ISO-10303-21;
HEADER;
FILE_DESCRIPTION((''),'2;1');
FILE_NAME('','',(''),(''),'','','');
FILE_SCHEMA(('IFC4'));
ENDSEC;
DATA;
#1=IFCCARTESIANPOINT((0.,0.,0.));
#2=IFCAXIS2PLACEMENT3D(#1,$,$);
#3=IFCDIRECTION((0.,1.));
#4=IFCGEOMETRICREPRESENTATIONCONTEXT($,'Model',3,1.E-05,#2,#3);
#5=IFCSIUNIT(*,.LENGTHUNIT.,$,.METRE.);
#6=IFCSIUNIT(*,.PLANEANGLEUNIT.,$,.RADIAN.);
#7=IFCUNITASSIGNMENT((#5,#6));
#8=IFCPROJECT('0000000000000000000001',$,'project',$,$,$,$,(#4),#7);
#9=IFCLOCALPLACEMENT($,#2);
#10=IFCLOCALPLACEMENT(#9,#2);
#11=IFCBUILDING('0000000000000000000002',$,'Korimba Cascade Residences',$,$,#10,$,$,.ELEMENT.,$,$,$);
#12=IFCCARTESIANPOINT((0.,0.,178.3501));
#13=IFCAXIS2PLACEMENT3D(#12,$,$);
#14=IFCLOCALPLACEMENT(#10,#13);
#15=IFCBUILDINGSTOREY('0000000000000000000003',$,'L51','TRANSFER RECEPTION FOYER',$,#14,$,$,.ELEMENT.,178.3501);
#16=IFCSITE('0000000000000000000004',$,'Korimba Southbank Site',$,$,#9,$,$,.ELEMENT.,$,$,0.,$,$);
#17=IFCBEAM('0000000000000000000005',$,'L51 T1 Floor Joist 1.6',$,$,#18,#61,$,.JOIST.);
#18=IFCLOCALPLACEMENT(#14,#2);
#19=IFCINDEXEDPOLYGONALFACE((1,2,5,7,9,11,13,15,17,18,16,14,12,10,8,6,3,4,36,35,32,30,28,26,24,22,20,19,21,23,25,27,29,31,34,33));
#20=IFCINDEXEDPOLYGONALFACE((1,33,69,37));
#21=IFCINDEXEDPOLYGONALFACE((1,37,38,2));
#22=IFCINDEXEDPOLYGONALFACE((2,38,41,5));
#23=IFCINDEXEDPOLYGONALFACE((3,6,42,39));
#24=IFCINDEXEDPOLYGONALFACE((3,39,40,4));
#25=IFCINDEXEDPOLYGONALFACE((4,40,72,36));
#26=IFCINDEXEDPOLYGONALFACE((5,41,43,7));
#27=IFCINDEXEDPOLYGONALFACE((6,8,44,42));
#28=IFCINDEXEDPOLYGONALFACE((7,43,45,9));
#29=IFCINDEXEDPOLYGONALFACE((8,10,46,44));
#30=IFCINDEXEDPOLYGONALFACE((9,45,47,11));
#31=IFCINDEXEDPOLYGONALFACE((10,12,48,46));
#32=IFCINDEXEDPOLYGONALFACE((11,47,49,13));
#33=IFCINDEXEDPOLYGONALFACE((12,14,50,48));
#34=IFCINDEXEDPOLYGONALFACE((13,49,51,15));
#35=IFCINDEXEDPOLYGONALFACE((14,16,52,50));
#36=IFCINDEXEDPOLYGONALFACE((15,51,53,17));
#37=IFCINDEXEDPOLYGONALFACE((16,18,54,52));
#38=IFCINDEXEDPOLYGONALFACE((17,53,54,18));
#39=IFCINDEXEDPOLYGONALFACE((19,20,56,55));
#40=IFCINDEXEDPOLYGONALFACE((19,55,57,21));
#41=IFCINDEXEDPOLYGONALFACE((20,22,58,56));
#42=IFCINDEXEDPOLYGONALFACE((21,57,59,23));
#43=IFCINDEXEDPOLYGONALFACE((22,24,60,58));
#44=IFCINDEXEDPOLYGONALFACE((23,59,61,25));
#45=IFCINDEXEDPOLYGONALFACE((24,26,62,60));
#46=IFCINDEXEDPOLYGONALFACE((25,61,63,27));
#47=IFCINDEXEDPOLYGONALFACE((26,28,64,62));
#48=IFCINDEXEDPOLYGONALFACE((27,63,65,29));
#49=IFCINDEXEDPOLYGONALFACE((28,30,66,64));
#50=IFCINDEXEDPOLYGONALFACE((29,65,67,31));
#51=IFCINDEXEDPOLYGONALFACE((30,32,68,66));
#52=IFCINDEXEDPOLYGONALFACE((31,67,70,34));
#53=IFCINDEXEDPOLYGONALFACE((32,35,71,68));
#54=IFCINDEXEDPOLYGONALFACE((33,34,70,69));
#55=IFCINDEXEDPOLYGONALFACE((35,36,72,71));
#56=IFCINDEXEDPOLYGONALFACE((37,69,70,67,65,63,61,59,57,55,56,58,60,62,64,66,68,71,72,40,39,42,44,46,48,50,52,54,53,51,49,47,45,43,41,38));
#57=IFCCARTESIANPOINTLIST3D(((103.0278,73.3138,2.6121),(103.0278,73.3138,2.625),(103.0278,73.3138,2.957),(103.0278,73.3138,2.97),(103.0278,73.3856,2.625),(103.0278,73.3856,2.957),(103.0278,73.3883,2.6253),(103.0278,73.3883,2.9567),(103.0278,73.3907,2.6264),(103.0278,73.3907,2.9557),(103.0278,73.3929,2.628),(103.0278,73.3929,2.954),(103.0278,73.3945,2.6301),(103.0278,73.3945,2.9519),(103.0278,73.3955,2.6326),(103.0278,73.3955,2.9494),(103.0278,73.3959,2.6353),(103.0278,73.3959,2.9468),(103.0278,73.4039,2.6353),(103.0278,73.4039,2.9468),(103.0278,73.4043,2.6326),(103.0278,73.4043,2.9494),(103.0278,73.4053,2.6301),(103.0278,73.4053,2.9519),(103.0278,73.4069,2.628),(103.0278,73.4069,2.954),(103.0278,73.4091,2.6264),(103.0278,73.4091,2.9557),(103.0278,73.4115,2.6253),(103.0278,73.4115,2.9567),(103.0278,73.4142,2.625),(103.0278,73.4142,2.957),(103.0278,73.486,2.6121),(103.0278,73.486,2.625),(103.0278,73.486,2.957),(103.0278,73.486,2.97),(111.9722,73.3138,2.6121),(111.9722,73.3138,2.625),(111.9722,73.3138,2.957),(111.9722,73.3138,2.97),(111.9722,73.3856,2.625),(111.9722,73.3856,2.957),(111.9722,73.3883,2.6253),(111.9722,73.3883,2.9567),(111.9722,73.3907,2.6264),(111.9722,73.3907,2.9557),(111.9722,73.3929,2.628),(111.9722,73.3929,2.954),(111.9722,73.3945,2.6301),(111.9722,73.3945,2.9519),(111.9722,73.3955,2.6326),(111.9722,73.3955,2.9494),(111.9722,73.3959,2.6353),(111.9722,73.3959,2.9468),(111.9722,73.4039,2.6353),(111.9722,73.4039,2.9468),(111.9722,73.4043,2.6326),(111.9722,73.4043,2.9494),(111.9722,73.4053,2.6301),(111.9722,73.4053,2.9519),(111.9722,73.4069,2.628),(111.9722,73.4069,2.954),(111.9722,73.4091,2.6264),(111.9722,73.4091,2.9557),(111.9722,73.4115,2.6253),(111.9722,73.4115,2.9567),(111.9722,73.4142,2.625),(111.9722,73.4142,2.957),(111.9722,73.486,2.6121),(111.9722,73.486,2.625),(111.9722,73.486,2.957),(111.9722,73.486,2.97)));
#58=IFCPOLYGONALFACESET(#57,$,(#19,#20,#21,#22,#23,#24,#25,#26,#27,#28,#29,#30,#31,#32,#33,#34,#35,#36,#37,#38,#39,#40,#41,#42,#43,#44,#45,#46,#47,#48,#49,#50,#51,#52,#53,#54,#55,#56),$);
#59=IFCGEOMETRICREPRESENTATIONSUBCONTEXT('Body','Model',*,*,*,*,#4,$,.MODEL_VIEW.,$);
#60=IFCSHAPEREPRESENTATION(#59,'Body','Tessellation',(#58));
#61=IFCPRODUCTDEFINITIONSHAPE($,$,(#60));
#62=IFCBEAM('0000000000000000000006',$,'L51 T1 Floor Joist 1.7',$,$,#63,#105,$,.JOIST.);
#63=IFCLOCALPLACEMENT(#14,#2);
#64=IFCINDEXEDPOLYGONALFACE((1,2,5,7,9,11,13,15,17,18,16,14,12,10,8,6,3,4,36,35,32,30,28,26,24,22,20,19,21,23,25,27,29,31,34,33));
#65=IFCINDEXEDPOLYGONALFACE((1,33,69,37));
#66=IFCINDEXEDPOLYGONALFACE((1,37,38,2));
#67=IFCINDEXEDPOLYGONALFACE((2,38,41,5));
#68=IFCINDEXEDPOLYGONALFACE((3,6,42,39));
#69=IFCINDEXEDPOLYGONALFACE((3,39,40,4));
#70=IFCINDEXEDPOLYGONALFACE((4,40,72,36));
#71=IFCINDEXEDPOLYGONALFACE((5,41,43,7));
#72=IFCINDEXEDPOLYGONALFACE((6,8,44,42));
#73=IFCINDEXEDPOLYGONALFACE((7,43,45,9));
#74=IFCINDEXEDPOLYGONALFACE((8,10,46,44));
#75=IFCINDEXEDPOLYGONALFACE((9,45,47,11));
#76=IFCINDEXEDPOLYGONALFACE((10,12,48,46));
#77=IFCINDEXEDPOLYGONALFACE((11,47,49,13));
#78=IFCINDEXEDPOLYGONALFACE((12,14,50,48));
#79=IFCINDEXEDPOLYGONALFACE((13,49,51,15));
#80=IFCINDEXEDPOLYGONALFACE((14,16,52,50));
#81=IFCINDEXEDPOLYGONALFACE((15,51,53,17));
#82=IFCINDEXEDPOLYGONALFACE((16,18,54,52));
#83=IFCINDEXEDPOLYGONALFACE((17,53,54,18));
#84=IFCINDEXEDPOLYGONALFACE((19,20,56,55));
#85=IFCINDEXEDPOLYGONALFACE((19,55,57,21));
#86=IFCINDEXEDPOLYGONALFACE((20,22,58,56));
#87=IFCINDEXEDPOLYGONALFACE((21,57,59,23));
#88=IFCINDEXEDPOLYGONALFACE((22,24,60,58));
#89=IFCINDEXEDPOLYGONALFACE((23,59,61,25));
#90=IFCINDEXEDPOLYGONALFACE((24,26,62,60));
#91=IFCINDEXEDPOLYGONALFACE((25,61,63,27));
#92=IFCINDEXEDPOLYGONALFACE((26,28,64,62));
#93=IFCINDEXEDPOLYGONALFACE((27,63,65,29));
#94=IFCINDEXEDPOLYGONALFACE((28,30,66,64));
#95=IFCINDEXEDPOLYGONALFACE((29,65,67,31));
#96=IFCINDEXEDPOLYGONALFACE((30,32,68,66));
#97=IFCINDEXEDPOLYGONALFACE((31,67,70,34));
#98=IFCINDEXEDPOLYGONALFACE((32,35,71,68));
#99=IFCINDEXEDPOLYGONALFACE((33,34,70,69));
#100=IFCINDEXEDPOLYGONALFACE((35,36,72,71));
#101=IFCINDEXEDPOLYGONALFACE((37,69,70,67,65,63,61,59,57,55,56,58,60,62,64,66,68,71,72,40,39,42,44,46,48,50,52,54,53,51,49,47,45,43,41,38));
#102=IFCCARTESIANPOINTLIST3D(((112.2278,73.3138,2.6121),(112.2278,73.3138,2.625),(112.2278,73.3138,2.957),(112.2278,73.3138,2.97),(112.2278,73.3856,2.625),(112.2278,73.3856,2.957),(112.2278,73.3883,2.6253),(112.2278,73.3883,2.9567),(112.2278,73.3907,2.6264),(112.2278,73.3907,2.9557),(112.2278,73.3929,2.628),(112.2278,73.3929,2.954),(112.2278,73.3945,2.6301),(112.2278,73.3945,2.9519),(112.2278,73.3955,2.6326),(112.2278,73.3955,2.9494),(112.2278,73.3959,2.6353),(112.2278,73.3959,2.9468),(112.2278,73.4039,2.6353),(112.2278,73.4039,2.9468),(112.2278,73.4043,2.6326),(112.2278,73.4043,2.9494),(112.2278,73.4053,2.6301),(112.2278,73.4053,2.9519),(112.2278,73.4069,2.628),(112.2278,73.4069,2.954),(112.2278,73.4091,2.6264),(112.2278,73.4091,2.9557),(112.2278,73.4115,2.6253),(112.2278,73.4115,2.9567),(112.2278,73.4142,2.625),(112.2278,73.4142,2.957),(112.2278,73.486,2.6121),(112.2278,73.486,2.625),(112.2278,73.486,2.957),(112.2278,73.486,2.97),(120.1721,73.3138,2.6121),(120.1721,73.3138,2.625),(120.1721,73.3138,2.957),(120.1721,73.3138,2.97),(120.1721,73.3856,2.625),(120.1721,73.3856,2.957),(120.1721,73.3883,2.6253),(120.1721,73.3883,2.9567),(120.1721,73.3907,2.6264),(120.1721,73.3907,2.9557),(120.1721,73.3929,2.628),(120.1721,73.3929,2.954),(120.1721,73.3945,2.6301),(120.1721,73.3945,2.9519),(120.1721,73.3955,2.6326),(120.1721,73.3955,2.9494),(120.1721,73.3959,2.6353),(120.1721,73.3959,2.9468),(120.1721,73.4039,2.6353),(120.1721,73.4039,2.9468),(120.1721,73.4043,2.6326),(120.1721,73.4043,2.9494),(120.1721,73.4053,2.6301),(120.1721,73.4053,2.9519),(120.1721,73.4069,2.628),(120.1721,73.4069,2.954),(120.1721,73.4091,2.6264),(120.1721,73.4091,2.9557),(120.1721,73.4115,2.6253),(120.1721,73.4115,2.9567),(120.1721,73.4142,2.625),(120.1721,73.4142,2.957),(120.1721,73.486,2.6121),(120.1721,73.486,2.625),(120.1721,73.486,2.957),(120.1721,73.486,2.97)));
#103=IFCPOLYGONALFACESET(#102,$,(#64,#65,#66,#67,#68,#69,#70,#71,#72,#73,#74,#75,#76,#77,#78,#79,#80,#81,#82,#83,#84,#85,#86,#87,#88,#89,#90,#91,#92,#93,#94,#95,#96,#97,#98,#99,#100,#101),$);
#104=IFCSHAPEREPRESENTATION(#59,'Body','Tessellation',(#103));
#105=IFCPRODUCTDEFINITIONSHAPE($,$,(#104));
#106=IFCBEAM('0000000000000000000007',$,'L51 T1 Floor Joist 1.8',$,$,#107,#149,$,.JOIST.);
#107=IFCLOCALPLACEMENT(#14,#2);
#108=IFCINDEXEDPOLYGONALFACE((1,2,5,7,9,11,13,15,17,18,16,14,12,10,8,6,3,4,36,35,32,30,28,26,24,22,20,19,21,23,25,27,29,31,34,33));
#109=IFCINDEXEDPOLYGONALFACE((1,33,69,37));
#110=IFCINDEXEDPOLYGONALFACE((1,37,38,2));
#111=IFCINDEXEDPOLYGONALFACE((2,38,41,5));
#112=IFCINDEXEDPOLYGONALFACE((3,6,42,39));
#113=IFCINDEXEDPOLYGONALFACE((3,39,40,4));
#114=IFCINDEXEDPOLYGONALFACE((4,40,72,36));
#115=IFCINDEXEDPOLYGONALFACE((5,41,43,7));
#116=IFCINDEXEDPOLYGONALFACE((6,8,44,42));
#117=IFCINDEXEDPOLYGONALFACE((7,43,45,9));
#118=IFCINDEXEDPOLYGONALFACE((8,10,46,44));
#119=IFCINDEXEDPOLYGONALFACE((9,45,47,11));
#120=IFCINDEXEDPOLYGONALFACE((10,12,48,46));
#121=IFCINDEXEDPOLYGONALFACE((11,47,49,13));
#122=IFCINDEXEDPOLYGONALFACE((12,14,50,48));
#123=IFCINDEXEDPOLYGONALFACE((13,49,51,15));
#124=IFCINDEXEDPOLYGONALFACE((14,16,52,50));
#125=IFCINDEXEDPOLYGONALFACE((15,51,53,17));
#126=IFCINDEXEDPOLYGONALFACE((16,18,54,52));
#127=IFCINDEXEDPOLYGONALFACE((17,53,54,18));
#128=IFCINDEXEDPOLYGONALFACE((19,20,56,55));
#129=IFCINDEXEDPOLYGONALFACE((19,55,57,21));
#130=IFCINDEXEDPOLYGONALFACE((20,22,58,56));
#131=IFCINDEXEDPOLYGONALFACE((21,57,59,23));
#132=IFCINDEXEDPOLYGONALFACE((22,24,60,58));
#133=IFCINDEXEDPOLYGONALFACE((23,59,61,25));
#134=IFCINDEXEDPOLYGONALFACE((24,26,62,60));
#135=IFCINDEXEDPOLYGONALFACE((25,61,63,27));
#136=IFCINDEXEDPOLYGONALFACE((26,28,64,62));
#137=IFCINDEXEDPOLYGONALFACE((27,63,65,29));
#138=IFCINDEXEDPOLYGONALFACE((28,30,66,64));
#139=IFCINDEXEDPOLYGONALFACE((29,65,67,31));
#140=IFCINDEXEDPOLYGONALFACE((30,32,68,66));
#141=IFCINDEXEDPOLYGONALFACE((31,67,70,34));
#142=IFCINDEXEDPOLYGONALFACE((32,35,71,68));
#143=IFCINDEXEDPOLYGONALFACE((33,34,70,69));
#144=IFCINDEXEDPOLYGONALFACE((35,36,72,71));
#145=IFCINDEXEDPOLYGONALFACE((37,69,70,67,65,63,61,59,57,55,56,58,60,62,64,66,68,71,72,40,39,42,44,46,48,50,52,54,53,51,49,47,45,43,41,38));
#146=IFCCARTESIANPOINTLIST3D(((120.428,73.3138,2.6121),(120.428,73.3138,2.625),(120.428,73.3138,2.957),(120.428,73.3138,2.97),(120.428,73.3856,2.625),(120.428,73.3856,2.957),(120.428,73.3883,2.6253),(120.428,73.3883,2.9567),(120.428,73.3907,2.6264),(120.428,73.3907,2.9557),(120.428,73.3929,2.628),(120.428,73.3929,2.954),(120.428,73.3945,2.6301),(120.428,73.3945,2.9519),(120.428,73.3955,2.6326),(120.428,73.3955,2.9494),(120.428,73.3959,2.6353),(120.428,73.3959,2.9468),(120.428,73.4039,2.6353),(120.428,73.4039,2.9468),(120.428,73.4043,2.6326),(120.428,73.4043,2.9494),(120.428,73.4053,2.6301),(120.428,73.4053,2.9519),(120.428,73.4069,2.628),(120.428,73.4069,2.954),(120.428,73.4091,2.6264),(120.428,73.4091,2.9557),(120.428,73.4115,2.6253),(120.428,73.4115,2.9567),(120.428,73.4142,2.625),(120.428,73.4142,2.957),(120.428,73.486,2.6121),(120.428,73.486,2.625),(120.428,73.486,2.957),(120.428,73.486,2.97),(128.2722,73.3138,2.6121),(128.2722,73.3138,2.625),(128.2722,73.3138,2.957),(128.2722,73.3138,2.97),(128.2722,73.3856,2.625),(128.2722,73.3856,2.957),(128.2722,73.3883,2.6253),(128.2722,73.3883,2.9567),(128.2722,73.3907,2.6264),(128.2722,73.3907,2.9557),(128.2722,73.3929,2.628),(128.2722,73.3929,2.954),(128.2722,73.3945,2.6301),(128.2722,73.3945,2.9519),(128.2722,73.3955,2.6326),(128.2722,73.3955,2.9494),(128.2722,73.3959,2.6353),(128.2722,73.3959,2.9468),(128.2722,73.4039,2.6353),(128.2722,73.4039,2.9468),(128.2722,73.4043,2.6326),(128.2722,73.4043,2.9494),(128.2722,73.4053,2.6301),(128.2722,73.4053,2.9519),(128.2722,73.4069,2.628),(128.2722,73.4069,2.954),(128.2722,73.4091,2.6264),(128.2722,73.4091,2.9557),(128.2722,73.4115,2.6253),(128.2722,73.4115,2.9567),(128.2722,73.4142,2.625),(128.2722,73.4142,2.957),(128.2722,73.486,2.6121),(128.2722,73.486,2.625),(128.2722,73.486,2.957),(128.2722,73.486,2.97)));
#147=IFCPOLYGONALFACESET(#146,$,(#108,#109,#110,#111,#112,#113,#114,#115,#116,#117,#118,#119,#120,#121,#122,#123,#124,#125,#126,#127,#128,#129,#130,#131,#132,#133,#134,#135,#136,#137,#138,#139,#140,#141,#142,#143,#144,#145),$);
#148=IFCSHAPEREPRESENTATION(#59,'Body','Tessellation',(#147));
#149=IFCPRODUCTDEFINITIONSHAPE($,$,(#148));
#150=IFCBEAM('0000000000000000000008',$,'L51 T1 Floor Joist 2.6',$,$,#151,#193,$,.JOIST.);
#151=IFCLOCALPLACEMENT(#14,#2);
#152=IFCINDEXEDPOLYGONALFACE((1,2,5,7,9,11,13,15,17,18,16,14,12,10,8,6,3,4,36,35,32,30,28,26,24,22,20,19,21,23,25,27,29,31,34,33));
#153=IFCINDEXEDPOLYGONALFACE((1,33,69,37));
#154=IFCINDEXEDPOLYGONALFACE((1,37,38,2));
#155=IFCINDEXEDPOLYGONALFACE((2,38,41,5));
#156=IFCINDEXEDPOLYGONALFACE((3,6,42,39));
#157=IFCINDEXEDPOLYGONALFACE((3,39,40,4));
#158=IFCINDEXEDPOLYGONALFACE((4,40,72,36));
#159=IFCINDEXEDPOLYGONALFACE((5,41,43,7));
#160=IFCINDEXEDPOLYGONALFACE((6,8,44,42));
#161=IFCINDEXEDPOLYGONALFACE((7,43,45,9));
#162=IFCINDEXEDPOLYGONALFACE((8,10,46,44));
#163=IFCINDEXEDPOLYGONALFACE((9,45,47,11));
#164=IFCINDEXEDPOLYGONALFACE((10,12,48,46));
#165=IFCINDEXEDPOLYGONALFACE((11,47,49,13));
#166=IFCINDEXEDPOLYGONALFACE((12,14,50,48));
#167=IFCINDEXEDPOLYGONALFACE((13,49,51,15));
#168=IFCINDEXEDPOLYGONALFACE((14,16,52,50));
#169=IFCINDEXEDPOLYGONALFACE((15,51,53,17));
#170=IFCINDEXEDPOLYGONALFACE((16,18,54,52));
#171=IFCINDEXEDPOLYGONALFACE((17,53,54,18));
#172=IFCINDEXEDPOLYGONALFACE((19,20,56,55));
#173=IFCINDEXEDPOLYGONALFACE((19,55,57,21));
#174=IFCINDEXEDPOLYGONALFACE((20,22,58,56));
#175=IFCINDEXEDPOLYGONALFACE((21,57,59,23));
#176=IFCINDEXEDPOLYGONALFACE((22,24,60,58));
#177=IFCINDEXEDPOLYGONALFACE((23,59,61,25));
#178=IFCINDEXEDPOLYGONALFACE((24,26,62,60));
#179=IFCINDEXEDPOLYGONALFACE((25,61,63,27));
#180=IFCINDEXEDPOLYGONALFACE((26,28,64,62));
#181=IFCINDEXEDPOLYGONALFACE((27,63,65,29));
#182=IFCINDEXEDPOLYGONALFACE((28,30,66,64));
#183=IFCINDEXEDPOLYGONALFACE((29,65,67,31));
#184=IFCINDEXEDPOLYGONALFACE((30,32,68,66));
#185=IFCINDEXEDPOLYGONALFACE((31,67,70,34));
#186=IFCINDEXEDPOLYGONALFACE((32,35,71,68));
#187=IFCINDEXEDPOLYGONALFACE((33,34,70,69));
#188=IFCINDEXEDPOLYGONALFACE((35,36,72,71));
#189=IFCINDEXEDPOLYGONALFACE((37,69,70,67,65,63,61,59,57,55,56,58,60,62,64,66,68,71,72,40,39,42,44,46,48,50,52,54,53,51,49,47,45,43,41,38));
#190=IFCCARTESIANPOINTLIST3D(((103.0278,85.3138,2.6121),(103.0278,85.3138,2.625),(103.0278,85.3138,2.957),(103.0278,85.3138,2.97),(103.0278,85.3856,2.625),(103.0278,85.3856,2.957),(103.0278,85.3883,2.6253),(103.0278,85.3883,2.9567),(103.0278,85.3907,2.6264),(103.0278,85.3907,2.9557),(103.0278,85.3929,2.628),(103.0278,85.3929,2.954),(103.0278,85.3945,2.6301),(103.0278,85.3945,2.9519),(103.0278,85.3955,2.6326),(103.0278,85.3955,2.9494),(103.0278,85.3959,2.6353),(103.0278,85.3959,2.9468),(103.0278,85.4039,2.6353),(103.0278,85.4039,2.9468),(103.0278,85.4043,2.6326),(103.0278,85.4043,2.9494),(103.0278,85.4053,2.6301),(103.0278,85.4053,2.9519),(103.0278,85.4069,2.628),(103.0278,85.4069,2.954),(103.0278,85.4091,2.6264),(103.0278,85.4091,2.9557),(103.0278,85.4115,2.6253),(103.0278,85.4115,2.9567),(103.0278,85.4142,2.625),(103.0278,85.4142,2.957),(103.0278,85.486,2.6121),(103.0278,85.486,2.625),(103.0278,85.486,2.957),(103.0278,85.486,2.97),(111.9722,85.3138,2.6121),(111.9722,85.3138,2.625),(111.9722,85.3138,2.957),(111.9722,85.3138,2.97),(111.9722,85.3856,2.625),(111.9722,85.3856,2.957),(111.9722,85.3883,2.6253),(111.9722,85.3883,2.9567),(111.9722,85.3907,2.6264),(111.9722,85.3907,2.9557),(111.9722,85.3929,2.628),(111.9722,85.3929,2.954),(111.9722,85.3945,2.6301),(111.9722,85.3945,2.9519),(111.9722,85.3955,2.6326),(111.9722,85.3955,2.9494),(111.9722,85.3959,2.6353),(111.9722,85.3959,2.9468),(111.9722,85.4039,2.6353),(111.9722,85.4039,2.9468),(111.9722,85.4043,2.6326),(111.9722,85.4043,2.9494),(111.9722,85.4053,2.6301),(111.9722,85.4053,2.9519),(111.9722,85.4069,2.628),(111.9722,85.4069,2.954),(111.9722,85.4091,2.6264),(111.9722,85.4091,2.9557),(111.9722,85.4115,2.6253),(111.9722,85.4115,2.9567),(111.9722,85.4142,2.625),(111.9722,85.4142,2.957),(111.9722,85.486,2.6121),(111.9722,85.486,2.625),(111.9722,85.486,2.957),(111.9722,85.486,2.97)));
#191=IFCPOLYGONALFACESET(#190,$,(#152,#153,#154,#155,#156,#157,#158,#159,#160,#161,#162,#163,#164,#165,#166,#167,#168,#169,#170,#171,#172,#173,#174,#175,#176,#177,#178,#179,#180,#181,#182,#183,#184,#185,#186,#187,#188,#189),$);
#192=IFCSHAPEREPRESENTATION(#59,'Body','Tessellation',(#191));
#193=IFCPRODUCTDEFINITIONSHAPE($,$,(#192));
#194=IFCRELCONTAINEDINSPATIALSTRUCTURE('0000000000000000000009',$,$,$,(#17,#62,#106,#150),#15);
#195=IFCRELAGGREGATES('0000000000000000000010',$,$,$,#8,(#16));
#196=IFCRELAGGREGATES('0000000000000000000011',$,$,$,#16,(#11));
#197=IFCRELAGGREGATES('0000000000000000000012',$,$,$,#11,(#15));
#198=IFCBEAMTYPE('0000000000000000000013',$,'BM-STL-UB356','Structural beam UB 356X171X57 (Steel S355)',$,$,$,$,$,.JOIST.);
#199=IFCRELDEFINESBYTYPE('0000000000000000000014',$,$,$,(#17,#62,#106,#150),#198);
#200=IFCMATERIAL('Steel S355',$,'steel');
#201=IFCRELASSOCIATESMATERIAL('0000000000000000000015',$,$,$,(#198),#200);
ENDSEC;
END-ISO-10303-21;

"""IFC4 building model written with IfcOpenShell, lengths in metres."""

from ifc_helpers import new_model, si_unit, direction, frame, origin, origin_2d, place, context, subcontext, project, spatial, i_section, extrude, material, material_profile, profile_set, type_object, element, save


model = new_model("IFC4")

# Units and contexts
model_context = context("Model", 3, precision=1e-05, world=origin(), true_north=direction((0.0, 1.0)))
body_context = subcontext(model_context, "Body", "Model", "MODEL_VIEW")
ifc_project = project(units=[si_unit("LENGTHUNIT", "METRE"), si_unit("PLANEANGLEUNIT", "RADIAN")], contexts=[model_context])

# Site, building, storey
site_placement = place(None, origin())
site = spatial("IfcSite", under=ifc_project, at=site_placement, Name="Korimba Southbank Site", CompositionType="ELEMENT", RefElevation=0.0)
building_placement = place(site_placement, origin())
building = spatial("IfcBuilding", under=site, at=building_placement, Name="Korimba Cascade Residences", CompositionType="ELEMENT")
storey_placement = place(building_placement, frame((0.0, 0.0, 178.3501)))
storey = spatial("IfcBuildingStorey", under=building, at=storey_placement, Name="L51", Description="TRANSFER RECEPTION FOYER", CompositionType="ELEMENT", Elevation=178.3501)

# Beams
ifc_material_1 = material(Name="Steel S355", Category="steel")
ifc_material_profile_1 = material_profile(ifc_material_1, i_section(OverallWidth=0.1721, OverallDepth=0.3579, WebThickness=0.0081, FlangeThickness=0.0129, FilletRadius=0.0103, at=origin_2d()), Name="Steel S355")
ifc_profile_set_1 = profile_set([ifc_material_profile_1], Name="Steel S355")
beam_type_1 = type_object("IfcBeamType", Name="BM-STL-UB356", Description="Structural beam UB 356X171X57 (Steel S355)", PredefinedType="JOIST", material=ifc_profile_set_1)
beam_1_placement = place(storey_placement, frame((103.0278, 73.3999, 2.791), z_axis=(1.0, 0.0, 0.0), x_axis=(0.0, 1.0, 0.0)))
element("IfcBeam", 1, at=beam_1_placement, inside=storey, type_object=beam_type_1, Name="L51 T1 Floor Joist 1.6", PredefinedType="JOIST", context=body_context, shape_type="SweptSolid", body=[
    extrude(i_section(OverallWidth=0.1721, OverallDepth=0.3579, WebThickness=0.0081, FlangeThickness=0.0129, FilletRadius=0.0103, at=origin_2d()), origin(), (0.0, 0.0, 1.0), 8.9443),
])
beam_2_placement = place(storey_placement, frame((112.2278, 73.3999, 2.791), z_axis=(1.0, 0.0, 0.0), x_axis=(0.0, 1.0, 0.0)))
element("IfcBeam", 2, at=beam_2_placement, inside=storey, type_object=beam_type_1, Name="L51 T1 Floor Joist 1.7", PredefinedType="JOIST", context=body_context, shape_type="SweptSolid", body=[
    extrude(i_section(OverallWidth=0.1721, OverallDepth=0.3579, WebThickness=0.0081, FlangeThickness=0.0129, FilletRadius=0.0103, at=origin_2d()), origin(), (0.0, 0.0, 1.0), 7.9443),
])
beam_3_placement = place(storey_placement, frame((120.428, 73.3999, 2.791), z_axis=(1.0, 0.0, 0.0), x_axis=(0.0, 1.0, 0.0)))
element("IfcBeam", 3, at=beam_3_placement, inside=storey, type_object=beam_type_1, Name="L51 T1 Floor Joist 1.8", PredefinedType="JOIST", context=body_context, shape_type="SweptSolid", body=[
    extrude(i_section(OverallWidth=0.1721, OverallDepth=0.3579, WebThickness=0.0081, FlangeThickness=0.0129, FilletRadius=0.0103, at=origin_2d()), origin(), (0.0, 0.0, 1.0), 7.8442),
])
beam_4_placement = place(storey_placement, frame((103.0278, 85.3999, 2.791), z_axis=(1.0, 0.0, 0.0), x_axis=(0.0, 1.0, 0.0)))
element("IfcBeam", 4, at=beam_4_placement, inside=storey, type_object=beam_type_1, Name="L51 T1 Floor Joist 2.6", PredefinedType="JOIST", context=body_context, shape_type="SweptSolid", body=[
    extrude(i_section(OverallWidth=0.1721, OverallDepth=0.3579, WebThickness=0.0081, FlangeThickness=0.0129, FilletRadius=0.0103, at=origin_2d()), origin(), (0.0, 0.0, 1.0), 8.9443),
])

save(model, "model.ifc")
